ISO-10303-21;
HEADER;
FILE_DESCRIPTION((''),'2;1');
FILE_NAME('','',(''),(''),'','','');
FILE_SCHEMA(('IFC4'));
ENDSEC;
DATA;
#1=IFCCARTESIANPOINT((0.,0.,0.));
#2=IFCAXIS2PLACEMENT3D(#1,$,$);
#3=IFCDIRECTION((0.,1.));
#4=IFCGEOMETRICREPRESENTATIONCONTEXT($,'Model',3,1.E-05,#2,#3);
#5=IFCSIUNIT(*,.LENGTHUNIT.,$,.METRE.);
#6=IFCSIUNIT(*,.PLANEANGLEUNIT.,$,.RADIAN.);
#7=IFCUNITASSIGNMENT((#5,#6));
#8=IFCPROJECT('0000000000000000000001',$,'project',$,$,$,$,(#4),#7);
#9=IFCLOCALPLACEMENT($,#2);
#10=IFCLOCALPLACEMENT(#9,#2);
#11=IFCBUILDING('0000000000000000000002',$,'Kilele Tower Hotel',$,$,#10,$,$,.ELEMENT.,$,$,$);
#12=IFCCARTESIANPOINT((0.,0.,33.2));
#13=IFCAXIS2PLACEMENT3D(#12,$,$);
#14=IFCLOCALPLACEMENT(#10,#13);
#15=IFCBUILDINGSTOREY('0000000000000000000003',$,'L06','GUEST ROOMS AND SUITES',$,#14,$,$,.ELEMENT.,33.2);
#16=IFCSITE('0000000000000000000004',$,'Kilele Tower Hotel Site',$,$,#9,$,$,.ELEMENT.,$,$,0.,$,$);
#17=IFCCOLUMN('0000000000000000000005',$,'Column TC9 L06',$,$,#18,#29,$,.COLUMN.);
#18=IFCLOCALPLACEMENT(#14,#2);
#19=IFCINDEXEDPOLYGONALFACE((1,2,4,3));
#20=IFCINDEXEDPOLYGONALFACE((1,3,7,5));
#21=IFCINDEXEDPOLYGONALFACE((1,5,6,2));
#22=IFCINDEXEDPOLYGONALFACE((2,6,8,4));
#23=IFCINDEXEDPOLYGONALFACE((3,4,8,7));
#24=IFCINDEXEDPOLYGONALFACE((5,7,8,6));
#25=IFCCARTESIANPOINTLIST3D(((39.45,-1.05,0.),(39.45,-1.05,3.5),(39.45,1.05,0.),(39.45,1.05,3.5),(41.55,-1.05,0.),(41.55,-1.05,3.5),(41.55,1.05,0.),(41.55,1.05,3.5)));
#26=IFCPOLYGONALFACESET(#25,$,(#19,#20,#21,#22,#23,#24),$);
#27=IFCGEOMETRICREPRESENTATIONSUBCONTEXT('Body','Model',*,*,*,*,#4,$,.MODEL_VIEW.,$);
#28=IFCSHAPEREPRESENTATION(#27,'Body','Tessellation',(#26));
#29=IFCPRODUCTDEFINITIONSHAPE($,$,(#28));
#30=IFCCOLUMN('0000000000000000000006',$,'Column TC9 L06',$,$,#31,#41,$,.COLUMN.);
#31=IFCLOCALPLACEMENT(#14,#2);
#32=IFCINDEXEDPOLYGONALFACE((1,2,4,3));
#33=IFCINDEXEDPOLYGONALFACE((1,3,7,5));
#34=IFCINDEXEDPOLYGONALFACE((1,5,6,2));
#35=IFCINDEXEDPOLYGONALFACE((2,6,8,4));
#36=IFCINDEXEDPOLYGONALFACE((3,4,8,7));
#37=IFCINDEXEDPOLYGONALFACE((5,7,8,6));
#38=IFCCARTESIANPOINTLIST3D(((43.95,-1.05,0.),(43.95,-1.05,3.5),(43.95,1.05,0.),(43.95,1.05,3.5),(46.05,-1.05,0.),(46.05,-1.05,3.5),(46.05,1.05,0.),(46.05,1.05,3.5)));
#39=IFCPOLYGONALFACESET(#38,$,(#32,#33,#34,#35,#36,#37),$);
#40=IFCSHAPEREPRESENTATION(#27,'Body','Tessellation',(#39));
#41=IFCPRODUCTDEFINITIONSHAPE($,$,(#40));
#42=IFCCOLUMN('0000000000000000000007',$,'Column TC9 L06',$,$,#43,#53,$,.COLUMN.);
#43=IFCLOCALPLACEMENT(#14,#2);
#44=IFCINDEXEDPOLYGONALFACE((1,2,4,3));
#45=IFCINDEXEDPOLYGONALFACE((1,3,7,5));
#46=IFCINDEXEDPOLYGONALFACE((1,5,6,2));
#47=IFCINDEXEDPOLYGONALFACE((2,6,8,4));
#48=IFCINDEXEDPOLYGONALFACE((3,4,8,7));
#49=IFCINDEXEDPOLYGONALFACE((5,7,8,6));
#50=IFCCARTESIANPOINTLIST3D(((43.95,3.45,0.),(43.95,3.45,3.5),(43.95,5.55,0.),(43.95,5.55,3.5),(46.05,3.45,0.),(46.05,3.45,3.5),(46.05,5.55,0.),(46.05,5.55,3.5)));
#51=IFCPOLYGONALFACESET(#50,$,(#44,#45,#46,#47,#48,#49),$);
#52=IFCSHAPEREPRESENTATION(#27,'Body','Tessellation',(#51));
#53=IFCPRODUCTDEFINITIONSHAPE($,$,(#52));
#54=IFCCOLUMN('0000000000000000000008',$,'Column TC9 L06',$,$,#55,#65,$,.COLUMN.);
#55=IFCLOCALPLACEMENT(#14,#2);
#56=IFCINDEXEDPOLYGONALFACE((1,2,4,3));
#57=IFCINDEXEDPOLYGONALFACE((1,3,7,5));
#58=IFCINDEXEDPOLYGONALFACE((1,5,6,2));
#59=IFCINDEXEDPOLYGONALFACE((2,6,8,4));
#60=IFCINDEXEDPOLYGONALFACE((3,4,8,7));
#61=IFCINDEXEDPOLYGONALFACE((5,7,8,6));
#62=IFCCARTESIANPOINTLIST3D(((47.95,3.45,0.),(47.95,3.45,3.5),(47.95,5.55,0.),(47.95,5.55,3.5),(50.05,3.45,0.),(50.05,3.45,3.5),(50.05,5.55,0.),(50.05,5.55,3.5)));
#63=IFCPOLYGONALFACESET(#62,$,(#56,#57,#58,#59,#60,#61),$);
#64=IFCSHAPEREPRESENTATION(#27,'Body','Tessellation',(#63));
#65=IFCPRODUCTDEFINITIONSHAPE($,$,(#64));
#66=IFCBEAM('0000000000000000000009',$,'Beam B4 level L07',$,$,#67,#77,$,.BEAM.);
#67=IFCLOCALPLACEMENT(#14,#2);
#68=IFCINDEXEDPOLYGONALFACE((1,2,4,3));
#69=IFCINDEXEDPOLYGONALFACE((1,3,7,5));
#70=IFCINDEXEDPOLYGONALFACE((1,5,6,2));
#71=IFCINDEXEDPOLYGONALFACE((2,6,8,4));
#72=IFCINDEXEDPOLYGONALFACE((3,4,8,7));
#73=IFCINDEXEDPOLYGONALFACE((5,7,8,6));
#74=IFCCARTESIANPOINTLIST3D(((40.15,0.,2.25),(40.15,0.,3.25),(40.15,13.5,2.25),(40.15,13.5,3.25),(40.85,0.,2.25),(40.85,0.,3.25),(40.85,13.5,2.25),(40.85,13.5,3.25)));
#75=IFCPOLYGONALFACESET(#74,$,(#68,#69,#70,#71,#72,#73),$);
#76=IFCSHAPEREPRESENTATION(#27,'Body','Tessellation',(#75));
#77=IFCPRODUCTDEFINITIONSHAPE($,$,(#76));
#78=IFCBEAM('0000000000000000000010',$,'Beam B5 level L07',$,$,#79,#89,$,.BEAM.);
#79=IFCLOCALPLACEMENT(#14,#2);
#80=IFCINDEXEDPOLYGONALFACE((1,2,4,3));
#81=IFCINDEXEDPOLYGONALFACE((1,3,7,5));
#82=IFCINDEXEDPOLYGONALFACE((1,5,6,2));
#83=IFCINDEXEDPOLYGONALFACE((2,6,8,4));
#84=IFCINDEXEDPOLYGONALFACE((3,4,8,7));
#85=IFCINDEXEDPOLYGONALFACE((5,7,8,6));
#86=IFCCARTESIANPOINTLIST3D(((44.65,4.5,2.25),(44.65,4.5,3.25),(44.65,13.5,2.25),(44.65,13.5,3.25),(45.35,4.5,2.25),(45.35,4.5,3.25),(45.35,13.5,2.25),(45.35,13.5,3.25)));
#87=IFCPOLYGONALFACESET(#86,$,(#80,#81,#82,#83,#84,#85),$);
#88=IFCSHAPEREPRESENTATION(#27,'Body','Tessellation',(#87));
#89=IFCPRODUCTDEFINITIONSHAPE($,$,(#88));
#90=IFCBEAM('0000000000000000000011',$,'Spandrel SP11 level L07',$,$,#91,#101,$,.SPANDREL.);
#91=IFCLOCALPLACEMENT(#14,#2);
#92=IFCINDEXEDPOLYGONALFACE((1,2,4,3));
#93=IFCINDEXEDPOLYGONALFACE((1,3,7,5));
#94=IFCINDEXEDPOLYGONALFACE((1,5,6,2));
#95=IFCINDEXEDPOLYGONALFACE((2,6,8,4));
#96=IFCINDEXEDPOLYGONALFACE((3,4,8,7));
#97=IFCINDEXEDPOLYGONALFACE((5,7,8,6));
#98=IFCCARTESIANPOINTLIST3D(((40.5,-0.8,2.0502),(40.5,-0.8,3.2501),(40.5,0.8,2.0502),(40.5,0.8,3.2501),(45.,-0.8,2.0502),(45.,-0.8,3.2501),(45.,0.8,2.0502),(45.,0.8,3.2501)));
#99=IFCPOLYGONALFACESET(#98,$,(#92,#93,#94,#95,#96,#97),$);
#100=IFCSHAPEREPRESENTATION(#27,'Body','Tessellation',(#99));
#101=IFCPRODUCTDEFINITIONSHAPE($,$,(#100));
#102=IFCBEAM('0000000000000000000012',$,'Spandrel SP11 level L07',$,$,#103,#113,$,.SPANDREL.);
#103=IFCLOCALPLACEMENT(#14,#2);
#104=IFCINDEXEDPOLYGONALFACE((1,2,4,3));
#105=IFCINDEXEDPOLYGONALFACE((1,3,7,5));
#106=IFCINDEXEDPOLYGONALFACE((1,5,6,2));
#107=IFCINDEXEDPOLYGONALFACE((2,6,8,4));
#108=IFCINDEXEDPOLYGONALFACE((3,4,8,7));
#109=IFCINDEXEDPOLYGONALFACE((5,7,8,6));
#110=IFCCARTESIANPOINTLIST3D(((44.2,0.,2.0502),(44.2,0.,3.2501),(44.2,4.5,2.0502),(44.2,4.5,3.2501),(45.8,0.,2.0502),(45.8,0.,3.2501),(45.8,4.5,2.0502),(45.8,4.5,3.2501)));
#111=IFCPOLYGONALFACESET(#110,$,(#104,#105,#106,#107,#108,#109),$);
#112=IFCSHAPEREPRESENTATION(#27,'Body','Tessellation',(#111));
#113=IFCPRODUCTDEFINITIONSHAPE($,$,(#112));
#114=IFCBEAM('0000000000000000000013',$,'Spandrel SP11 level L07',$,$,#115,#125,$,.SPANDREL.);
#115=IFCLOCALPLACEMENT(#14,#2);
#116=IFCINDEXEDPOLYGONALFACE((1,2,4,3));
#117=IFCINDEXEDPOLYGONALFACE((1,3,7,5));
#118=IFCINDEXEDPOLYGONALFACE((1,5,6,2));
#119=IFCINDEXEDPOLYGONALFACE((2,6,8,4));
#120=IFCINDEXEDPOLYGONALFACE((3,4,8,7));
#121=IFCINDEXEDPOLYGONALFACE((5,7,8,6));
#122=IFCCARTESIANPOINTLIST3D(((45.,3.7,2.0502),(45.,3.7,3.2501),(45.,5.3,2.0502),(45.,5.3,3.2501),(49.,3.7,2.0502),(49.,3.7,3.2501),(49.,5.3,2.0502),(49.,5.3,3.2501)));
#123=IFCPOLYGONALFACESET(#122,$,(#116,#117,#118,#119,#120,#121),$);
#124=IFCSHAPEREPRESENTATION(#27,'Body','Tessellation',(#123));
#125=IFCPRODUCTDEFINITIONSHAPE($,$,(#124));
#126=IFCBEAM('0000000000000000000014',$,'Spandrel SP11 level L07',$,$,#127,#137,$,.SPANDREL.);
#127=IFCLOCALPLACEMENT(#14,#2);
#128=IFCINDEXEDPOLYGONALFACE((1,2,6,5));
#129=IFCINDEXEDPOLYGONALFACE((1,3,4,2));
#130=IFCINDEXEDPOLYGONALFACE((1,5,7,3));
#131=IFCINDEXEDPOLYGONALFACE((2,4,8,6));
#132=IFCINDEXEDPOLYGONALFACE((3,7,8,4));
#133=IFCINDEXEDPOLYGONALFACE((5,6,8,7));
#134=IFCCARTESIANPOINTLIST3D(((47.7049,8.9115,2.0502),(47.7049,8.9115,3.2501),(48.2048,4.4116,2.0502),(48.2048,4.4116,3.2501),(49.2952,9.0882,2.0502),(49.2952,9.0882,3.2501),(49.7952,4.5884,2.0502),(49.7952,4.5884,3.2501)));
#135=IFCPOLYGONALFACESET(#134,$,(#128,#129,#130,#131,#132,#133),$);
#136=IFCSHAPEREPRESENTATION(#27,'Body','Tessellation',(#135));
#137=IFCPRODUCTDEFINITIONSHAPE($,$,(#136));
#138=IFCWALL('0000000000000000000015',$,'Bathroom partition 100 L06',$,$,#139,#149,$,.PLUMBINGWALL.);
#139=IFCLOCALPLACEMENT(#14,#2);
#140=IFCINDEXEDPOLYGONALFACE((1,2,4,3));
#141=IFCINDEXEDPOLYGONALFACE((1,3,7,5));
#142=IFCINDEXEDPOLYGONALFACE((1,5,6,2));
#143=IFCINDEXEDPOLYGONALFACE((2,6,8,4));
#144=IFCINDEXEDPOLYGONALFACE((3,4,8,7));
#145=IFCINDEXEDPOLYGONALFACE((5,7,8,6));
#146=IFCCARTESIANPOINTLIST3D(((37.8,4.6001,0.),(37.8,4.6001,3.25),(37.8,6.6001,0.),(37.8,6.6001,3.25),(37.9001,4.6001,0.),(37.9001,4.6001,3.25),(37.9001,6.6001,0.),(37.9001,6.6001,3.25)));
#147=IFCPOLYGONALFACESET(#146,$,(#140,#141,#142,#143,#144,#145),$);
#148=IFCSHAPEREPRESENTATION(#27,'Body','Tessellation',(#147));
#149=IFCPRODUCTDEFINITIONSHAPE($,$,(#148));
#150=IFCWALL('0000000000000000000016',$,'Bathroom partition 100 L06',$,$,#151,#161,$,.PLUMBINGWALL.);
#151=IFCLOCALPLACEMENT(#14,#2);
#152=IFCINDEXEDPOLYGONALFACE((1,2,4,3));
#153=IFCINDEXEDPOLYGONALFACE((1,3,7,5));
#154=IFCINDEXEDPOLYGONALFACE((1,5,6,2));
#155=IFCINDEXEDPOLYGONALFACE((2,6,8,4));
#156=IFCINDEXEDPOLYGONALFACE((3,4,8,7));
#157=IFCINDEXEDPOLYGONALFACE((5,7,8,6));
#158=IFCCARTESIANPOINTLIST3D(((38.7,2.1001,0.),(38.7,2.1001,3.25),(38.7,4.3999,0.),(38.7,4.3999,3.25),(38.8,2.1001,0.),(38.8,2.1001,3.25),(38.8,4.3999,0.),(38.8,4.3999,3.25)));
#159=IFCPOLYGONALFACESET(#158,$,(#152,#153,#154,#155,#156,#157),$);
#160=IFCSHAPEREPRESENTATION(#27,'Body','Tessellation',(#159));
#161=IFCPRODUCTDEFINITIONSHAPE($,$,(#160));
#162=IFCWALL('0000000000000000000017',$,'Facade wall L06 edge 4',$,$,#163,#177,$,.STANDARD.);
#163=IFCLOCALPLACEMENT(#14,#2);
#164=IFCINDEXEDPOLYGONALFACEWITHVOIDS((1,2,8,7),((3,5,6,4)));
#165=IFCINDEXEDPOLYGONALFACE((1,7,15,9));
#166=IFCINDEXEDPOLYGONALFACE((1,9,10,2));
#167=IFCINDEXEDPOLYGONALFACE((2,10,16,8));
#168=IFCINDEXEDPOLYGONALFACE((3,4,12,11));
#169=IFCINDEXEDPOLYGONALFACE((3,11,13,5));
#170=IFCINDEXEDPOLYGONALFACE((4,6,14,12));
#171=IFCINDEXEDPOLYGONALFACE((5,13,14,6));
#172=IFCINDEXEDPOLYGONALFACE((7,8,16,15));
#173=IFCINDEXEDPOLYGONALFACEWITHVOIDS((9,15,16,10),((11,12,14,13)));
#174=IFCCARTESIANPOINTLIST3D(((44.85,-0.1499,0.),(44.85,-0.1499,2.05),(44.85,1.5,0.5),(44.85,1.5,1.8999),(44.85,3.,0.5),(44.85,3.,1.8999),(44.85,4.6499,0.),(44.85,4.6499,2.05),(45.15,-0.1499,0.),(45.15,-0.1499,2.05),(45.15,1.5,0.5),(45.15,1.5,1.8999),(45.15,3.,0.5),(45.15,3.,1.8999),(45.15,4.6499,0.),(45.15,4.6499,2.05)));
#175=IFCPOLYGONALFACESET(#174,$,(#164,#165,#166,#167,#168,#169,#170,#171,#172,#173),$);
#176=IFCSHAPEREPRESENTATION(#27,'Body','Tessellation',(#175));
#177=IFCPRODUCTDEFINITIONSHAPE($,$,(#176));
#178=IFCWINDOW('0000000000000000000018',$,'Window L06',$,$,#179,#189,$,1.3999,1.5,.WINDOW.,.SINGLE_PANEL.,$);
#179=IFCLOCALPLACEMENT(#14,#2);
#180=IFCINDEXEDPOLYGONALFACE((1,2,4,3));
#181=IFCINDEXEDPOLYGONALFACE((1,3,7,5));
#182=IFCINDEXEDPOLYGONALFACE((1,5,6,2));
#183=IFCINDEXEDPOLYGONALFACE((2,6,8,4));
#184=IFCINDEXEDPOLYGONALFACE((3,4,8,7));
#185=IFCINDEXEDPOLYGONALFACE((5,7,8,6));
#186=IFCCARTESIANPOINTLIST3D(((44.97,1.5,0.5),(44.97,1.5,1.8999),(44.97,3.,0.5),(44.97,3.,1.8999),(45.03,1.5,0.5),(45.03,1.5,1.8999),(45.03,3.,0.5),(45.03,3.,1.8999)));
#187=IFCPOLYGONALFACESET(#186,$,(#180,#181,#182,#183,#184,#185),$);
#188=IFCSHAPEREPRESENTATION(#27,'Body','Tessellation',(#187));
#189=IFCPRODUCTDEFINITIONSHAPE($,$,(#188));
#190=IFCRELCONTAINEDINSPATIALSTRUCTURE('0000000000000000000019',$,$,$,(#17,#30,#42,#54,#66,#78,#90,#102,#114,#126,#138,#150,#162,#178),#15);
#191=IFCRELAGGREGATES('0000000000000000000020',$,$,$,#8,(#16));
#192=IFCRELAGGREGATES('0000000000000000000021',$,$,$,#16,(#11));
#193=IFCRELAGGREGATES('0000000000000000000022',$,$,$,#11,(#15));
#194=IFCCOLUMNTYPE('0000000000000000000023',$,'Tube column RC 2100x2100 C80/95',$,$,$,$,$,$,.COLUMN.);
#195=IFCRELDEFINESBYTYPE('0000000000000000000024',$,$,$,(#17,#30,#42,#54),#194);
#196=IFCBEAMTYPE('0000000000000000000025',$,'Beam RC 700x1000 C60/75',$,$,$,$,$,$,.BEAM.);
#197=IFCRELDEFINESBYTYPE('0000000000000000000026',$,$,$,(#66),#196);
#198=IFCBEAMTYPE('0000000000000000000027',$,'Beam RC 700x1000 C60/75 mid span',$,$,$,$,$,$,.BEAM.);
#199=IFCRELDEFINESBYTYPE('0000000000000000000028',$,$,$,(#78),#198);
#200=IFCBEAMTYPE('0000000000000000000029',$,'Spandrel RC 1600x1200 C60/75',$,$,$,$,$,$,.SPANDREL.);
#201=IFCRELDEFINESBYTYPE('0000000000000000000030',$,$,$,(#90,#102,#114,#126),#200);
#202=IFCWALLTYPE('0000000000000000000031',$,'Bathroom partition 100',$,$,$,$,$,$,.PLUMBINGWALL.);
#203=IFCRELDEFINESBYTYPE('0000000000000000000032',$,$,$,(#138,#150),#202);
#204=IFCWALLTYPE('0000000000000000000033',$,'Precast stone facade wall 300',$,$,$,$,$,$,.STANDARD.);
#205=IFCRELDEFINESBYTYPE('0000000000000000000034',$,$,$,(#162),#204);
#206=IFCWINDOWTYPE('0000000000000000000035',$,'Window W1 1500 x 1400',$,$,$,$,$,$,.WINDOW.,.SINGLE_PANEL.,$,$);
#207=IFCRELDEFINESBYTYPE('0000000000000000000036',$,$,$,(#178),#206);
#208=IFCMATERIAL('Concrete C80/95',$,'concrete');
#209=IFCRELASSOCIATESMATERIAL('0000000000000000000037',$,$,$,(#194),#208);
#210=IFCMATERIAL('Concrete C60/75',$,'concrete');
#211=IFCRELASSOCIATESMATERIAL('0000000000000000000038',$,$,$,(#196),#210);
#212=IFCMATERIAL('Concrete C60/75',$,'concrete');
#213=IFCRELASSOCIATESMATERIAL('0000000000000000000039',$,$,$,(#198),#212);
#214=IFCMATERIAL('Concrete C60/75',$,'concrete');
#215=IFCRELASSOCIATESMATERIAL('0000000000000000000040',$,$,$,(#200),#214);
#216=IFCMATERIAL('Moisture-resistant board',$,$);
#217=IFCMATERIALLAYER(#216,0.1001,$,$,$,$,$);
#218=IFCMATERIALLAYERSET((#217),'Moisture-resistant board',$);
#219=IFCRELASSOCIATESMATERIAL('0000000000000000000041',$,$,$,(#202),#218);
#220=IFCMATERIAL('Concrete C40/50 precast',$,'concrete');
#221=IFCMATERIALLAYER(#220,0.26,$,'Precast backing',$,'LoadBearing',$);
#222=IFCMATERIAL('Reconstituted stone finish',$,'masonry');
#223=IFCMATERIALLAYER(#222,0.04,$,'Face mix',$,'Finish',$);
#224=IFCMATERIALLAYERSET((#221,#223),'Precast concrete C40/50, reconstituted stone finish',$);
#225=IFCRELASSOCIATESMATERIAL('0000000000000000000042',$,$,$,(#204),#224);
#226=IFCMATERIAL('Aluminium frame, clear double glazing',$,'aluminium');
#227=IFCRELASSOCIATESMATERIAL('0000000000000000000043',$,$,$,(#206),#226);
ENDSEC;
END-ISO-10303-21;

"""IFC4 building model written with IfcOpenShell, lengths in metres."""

from ifc_helpers import new_model, si_unit, direction, frame, frame_2d, origin, origin_2d, place, context, subcontext, project, spatial, rectangle, extrude, material, layer, layer_set, material_profile, profile_set, type_object, element, fill, save


model = new_model("IFC4")

# Units and contexts
model_context = context("Model", 3, precision=1e-05, world=origin(), true_north=direction((0.0, 1.0)))
body_context = subcontext(model_context, "Body", "Model", "MODEL_VIEW")
ifc_project = project(units=[si_unit("LENGTHUNIT", "METRE"), si_unit("PLANEANGLEUNIT", "RADIAN")], contexts=[model_context])

# Site, building, storey
site_placement = place(None, origin())
site = spatial("IfcSite", under=ifc_project, at=site_placement, Name="Kilele Tower Hotel Site", CompositionType="ELEMENT", RefElevation=0.0)
building_placement = place(site_placement, origin())
building = spatial("IfcBuilding", under=site, at=building_placement, Name="Kilele Tower Hotel", CompositionType="ELEMENT")
storey_placement = place(building_placement, frame((0.0, 0.0, 33.2)))
storey = spatial("IfcBuildingStorey", under=building, at=storey_placement, Name="L06", Description="GUEST ROOMS AND SUITES", CompositionType="ELEMENT", Elevation=33.2)

# Columns
ifc_material_1 = material(Name="Concrete C80/95", Category="concrete")
ifc_material_profile_1 = material_profile(ifc_material_1, rectangle(XDim=2.1001, YDim=2.1001, at=origin_2d()))
ifc_profile_set_1 = profile_set([ifc_material_profile_1], Name="Concrete C80/95")
column_type = type_object("IfcColumnType", Name="Tube column RC 2100x2100 C80/95", PredefinedType="COLUMN", material=ifc_profile_set_1)
for number, where, z_axis, x_axis, name in (
    (1, (40.5, 0.0, 0.0), (0.0, 0.0, 1.0), (1.0, 0.0, 0.0), "Column TC9 L06"),
    (2, (45.0, 0.0, 0.0), (0.0, 0.0, 1.0), (1.0, 0.0, 0.0), "Column TC9 L06"),
    (3, (45.0, 4.5, 0.0), (0.0, 0.0, 1.0), (1.0, 0.0, 0.0), "Column TC9 L06"),
    (4, (49.0, 4.5, 0.0), (0.0, 0.0, 1.0), (1.0, 0.0, 0.0), "Column TC9 L06"),
):
    element("IfcColumn", number, at=place(storey_placement, frame(where, z_axis=z_axis, x_axis=x_axis)), inside=storey, type_object=column_type, Name=name, PredefinedType="COLUMN", context=body_context, shape_type="SweptSolid", body=[
        extrude(rectangle(XDim=2.1001, YDim=2.1001, at=origin_2d()), origin(), (0.0, 0.0, 1.0), 3.5),
    ])

# Beams
ifc_material_2 = material(Name="Concrete C60/75", Category="concrete")
ifc_material_profile_2 = material_profile(ifc_material_2, rectangle(XDim=0.7, YDim=1.0, at=origin_2d()))
ifc_profile_set_2 = profile_set([ifc_material_profile_2], Name="Concrete C60/75")
beam_type_1 = type_object("IfcBeamType", Name="Beam RC 700x1000 C60/75", PredefinedType="BEAM", material=ifc_profile_set_2)
beam_1_placement = place(storey_placement, frame((40.5, 0.0, 2.75), z_axis=(0.0, 1.0, 0.0), x_axis=(-1.0, 0.0, 0.0)))
element("IfcBeam", 5, at=beam_1_placement, inside=storey, type_object=beam_type_1, Name="Beam B4 level L07", PredefinedType="BEAM", context=body_context, shape_type="SweptSolid", body=[
    extrude(rectangle(XDim=0.7, YDim=1.0, at=origin_2d()), origin(), (0.0, 0.0, 1.0), 13.5),
])
ifc_material_3 = material(Name="Concrete C60/75", Category="concrete")
ifc_material_profile_3 = material_profile(ifc_material_3, rectangle(XDim=0.7, YDim=1.0, at=origin_2d()))
ifc_profile_set_3 = profile_set([ifc_material_profile_3], Name="Concrete C60/75")
beam_type_2 = type_object("IfcBeamType", Name="Beam RC 700x1000 C60/75 mid span", PredefinedType="BEAM", material=ifc_profile_set_3)
beam_2_placement = place(storey_placement, frame((45.0, 4.5, 2.75), z_axis=(0.0, 1.0, 0.0), x_axis=(-1.0, 0.0, 0.0)))
element("IfcBeam", 6, at=beam_2_placement, inside=storey, type_object=beam_type_2, Name="Beam B5 level L07", PredefinedType="BEAM", context=body_context, shape_type="SweptSolid", body=[
    extrude(rectangle(XDim=0.7, YDim=1.0, at=origin_2d()), origin(), (0.0, 0.0, 1.0), 9.0),
])
ifc_material_4 = material(Name="Concrete C60/75", Category="concrete")
ifc_material_profile_4 = material_profile(ifc_material_4, rectangle(XDim=1.6001, YDim=1.2, at=origin_2d()))
ifc_profile_set_4 = profile_set([ifc_material_profile_4], Name="Concrete C60/75")
beam_type_3 = type_object("IfcBeamType", Name="Spandrel RC 1600x1200 C60/75", PredefinedType="SPANDREL", material=ifc_profile_set_4)
for number, where, z_axis, x_axis, name in (
    (7, (40.5, 0.0, 2.6501), (1.0, 0.0, 0.0), (0.0, 1.0, 0.0), "Spandrel SP11 level L07"),
    (8, (45.0, 0.0, 2.6501), (0.0, 1.0, 0.0), (-1.0, 0.0, 0.0), "Spandrel SP11 level L07"),
):
    element("IfcBeam", number, at=place(storey_placement, frame(where, z_axis=z_axis, x_axis=x_axis)), inside=storey, type_object=beam_type_3, Name=name, PredefinedType="SPANDREL", context=body_context, shape_type="SweptSolid", body=[
        extrude(rectangle(XDim=1.6001, YDim=1.2, at=origin_2d()), origin(), (0.0, 0.0, 1.0), 4.5),
    ])
beam_3_placement = place(storey_placement, frame((45.0, 4.5, 2.6501), z_axis=(1.0, 0.0, 0.0), x_axis=(0.0, 1.0, 0.0)))
element("IfcBeam", 9, at=beam_3_placement, inside=storey, type_object=beam_type_3, Name="Spandrel SP11 level L07", PredefinedType="SPANDREL", context=body_context, shape_type="SweptSolid", body=[
    extrude(rectangle(XDim=1.6001, YDim=1.2, at=origin_2d()), origin(), (0.0, 0.0, 1.0), 4.0),
])
beam_4_placement = place(storey_placement, frame((49.0, 4.5, 2.6501), z_axis=(-0.110432, 0.993884, 0.0), x_axis=(-0.993884, -0.110432, 0.0)))
element("IfcBeam", 10, at=beam_4_placement, inside=storey, type_object=beam_type_3, Name="Spandrel SP11 level L07", PredefinedType="SPANDREL", context=body_context, shape_type="SweptSolid", body=[
    extrude(rectangle(XDim=1.6001, YDim=1.2, at=origin_2d()), origin(), (0.0, 0.0, 1.0), 4.5276),
])

# Walls
ifc_material_5 = material(Name="Moisture-resistant board")
ifc_layer_1 = layer(ifc_material_5, 0.1001)
ifc_layer_set_1 = layer_set([ifc_layer_1], Name="Moisture-resistant board")
wall_type_1 = type_object("IfcWallType", Name="Bathroom partition 100", PredefinedType="PLUMBINGWALL", material=ifc_layer_set_1)
wall_1_placement = place(storey_placement, frame((37.8501, 4.6001, 0.0), z_axis=(0.0, 0.0, 1.0), x_axis=(0.0, 1.0, 0.0)))
element("IfcWall", 11, at=wall_1_placement, inside=storey, type_object=wall_type_1, Name="Bathroom partition 100 L06", PredefinedType="PLUMBINGWALL", context=body_context, shape_type="SweptSolid", body=[
    extrude(rectangle(XDim=2.0, YDim=0.1001, at=frame_2d((1.0, 0.0))), origin(), (0.0, 0.0, 1.0), 3.25),
])
wall_2_placement = place(storey_placement, frame((38.75, 4.3999, 0.0), z_axis=(0.0, 0.0, 1.0), x_axis=(0.0, -1.0, 0.0)))
element("IfcWall", 12, at=wall_2_placement, inside=storey, type_object=wall_type_1, Name="Bathroom partition 100 L06", PredefinedType="PLUMBINGWALL", context=body_context, shape_type="SweptSolid", body=[
    extrude(rectangle(XDim=2.2998, YDim=0.1001, at=frame_2d((1.1499, 0.0))), origin(), (0.0, 0.0, 1.0), 3.25),
])

# Wall, opening, window
ifc_material_6 = material(Name="Concrete C40/50 precast", Category="concrete")
ifc_layer_2 = layer(ifc_material_6, 0.26, Name="Precast backing", Category="LoadBearing")
ifc_material_7 = material(Name="Reconstituted stone finish", Category="masonry")
ifc_layer_3 = layer(ifc_material_7, 0.04, Name="Face mix", Category="Finish")
ifc_layer_set_2 = layer_set([ifc_layer_2, ifc_layer_3], Name="Precast concrete C40/50, reconstituted stone finish")
wall_type_2 = type_object("IfcWallType", Name="Precast stone facade wall 300", PredefinedType="STANDARD", material=ifc_layer_set_2)
wall_3_placement = place(storey_placement, frame((45.0, -0.1499, 0.0), z_axis=(0.0, 0.0, 1.0), x_axis=(0.0, 1.0, 0.0)))
wall_3 = element("IfcWall", 13, at=wall_3_placement, inside=storey, type_object=wall_type_2, Name="Facade wall L06 edge 4", PredefinedType="STANDARD", context=body_context, shape_type="SweptSolid", body=[
    extrude(rectangle(XDim=4.7998, YDim=0.3, at=frame_2d((2.3999, 0.0))), origin(), (0.0, 0.0, 1.0), 2.05),
])
opening_1_placement = place(wall_3_placement, frame((1.6499, 0.0, 0.5)))
opening_1 = element("IfcOpeningElement", 14, at=opening_1_placement, cuts=wall_3, PredefinedType="OPENING", context=body_context, shape_type="SweptSolid", body=[
    extrude(rectangle(XDim=1.5, YDim=1.3999, at=frame_2d((0.75, 0.7))), frame((0.0, 0.1599, 0.0), z_axis=(0.0, -1.0, 0.0), x_axis=(1.0, 0.0, 0.0)), (0.0, 0.0, 1.0), 0.3201),
])
ifc_material_8 = material(Name="Aluminium frame, clear double glazing", Category="aluminium")
window_type = type_object("IfcWindowType", Name="Window W1 1500 x 1400", PartitioningType="SINGLE_PANEL", PredefinedType="WINDOW", material=ifc_material_8)
window_1_placement = place(opening_1_placement, origin())
window_1 = element("IfcWindow", 15, at=window_1_placement, inside=storey, type_object=window_type, Name="Window L06", OverallHeight=1.3999, OverallWidth=1.5, PartitioningType="SINGLE_PANEL", PredefinedType="WINDOW", context=body_context, shape_type="SweptSolid", body=[
    extrude(rectangle(XDim=1.5, YDim=1.3999, at=frame_2d((0.75, 0.7))), frame((0.0, 0.03, 0.0), z_axis=(0.0, -1.0, 0.0), x_axis=(1.0, 0.0, 0.0)), (0.0, 0.0, 1.0), 0.0601),
])
fill(opening_1, window_1)

save(model, "model.ifc")
